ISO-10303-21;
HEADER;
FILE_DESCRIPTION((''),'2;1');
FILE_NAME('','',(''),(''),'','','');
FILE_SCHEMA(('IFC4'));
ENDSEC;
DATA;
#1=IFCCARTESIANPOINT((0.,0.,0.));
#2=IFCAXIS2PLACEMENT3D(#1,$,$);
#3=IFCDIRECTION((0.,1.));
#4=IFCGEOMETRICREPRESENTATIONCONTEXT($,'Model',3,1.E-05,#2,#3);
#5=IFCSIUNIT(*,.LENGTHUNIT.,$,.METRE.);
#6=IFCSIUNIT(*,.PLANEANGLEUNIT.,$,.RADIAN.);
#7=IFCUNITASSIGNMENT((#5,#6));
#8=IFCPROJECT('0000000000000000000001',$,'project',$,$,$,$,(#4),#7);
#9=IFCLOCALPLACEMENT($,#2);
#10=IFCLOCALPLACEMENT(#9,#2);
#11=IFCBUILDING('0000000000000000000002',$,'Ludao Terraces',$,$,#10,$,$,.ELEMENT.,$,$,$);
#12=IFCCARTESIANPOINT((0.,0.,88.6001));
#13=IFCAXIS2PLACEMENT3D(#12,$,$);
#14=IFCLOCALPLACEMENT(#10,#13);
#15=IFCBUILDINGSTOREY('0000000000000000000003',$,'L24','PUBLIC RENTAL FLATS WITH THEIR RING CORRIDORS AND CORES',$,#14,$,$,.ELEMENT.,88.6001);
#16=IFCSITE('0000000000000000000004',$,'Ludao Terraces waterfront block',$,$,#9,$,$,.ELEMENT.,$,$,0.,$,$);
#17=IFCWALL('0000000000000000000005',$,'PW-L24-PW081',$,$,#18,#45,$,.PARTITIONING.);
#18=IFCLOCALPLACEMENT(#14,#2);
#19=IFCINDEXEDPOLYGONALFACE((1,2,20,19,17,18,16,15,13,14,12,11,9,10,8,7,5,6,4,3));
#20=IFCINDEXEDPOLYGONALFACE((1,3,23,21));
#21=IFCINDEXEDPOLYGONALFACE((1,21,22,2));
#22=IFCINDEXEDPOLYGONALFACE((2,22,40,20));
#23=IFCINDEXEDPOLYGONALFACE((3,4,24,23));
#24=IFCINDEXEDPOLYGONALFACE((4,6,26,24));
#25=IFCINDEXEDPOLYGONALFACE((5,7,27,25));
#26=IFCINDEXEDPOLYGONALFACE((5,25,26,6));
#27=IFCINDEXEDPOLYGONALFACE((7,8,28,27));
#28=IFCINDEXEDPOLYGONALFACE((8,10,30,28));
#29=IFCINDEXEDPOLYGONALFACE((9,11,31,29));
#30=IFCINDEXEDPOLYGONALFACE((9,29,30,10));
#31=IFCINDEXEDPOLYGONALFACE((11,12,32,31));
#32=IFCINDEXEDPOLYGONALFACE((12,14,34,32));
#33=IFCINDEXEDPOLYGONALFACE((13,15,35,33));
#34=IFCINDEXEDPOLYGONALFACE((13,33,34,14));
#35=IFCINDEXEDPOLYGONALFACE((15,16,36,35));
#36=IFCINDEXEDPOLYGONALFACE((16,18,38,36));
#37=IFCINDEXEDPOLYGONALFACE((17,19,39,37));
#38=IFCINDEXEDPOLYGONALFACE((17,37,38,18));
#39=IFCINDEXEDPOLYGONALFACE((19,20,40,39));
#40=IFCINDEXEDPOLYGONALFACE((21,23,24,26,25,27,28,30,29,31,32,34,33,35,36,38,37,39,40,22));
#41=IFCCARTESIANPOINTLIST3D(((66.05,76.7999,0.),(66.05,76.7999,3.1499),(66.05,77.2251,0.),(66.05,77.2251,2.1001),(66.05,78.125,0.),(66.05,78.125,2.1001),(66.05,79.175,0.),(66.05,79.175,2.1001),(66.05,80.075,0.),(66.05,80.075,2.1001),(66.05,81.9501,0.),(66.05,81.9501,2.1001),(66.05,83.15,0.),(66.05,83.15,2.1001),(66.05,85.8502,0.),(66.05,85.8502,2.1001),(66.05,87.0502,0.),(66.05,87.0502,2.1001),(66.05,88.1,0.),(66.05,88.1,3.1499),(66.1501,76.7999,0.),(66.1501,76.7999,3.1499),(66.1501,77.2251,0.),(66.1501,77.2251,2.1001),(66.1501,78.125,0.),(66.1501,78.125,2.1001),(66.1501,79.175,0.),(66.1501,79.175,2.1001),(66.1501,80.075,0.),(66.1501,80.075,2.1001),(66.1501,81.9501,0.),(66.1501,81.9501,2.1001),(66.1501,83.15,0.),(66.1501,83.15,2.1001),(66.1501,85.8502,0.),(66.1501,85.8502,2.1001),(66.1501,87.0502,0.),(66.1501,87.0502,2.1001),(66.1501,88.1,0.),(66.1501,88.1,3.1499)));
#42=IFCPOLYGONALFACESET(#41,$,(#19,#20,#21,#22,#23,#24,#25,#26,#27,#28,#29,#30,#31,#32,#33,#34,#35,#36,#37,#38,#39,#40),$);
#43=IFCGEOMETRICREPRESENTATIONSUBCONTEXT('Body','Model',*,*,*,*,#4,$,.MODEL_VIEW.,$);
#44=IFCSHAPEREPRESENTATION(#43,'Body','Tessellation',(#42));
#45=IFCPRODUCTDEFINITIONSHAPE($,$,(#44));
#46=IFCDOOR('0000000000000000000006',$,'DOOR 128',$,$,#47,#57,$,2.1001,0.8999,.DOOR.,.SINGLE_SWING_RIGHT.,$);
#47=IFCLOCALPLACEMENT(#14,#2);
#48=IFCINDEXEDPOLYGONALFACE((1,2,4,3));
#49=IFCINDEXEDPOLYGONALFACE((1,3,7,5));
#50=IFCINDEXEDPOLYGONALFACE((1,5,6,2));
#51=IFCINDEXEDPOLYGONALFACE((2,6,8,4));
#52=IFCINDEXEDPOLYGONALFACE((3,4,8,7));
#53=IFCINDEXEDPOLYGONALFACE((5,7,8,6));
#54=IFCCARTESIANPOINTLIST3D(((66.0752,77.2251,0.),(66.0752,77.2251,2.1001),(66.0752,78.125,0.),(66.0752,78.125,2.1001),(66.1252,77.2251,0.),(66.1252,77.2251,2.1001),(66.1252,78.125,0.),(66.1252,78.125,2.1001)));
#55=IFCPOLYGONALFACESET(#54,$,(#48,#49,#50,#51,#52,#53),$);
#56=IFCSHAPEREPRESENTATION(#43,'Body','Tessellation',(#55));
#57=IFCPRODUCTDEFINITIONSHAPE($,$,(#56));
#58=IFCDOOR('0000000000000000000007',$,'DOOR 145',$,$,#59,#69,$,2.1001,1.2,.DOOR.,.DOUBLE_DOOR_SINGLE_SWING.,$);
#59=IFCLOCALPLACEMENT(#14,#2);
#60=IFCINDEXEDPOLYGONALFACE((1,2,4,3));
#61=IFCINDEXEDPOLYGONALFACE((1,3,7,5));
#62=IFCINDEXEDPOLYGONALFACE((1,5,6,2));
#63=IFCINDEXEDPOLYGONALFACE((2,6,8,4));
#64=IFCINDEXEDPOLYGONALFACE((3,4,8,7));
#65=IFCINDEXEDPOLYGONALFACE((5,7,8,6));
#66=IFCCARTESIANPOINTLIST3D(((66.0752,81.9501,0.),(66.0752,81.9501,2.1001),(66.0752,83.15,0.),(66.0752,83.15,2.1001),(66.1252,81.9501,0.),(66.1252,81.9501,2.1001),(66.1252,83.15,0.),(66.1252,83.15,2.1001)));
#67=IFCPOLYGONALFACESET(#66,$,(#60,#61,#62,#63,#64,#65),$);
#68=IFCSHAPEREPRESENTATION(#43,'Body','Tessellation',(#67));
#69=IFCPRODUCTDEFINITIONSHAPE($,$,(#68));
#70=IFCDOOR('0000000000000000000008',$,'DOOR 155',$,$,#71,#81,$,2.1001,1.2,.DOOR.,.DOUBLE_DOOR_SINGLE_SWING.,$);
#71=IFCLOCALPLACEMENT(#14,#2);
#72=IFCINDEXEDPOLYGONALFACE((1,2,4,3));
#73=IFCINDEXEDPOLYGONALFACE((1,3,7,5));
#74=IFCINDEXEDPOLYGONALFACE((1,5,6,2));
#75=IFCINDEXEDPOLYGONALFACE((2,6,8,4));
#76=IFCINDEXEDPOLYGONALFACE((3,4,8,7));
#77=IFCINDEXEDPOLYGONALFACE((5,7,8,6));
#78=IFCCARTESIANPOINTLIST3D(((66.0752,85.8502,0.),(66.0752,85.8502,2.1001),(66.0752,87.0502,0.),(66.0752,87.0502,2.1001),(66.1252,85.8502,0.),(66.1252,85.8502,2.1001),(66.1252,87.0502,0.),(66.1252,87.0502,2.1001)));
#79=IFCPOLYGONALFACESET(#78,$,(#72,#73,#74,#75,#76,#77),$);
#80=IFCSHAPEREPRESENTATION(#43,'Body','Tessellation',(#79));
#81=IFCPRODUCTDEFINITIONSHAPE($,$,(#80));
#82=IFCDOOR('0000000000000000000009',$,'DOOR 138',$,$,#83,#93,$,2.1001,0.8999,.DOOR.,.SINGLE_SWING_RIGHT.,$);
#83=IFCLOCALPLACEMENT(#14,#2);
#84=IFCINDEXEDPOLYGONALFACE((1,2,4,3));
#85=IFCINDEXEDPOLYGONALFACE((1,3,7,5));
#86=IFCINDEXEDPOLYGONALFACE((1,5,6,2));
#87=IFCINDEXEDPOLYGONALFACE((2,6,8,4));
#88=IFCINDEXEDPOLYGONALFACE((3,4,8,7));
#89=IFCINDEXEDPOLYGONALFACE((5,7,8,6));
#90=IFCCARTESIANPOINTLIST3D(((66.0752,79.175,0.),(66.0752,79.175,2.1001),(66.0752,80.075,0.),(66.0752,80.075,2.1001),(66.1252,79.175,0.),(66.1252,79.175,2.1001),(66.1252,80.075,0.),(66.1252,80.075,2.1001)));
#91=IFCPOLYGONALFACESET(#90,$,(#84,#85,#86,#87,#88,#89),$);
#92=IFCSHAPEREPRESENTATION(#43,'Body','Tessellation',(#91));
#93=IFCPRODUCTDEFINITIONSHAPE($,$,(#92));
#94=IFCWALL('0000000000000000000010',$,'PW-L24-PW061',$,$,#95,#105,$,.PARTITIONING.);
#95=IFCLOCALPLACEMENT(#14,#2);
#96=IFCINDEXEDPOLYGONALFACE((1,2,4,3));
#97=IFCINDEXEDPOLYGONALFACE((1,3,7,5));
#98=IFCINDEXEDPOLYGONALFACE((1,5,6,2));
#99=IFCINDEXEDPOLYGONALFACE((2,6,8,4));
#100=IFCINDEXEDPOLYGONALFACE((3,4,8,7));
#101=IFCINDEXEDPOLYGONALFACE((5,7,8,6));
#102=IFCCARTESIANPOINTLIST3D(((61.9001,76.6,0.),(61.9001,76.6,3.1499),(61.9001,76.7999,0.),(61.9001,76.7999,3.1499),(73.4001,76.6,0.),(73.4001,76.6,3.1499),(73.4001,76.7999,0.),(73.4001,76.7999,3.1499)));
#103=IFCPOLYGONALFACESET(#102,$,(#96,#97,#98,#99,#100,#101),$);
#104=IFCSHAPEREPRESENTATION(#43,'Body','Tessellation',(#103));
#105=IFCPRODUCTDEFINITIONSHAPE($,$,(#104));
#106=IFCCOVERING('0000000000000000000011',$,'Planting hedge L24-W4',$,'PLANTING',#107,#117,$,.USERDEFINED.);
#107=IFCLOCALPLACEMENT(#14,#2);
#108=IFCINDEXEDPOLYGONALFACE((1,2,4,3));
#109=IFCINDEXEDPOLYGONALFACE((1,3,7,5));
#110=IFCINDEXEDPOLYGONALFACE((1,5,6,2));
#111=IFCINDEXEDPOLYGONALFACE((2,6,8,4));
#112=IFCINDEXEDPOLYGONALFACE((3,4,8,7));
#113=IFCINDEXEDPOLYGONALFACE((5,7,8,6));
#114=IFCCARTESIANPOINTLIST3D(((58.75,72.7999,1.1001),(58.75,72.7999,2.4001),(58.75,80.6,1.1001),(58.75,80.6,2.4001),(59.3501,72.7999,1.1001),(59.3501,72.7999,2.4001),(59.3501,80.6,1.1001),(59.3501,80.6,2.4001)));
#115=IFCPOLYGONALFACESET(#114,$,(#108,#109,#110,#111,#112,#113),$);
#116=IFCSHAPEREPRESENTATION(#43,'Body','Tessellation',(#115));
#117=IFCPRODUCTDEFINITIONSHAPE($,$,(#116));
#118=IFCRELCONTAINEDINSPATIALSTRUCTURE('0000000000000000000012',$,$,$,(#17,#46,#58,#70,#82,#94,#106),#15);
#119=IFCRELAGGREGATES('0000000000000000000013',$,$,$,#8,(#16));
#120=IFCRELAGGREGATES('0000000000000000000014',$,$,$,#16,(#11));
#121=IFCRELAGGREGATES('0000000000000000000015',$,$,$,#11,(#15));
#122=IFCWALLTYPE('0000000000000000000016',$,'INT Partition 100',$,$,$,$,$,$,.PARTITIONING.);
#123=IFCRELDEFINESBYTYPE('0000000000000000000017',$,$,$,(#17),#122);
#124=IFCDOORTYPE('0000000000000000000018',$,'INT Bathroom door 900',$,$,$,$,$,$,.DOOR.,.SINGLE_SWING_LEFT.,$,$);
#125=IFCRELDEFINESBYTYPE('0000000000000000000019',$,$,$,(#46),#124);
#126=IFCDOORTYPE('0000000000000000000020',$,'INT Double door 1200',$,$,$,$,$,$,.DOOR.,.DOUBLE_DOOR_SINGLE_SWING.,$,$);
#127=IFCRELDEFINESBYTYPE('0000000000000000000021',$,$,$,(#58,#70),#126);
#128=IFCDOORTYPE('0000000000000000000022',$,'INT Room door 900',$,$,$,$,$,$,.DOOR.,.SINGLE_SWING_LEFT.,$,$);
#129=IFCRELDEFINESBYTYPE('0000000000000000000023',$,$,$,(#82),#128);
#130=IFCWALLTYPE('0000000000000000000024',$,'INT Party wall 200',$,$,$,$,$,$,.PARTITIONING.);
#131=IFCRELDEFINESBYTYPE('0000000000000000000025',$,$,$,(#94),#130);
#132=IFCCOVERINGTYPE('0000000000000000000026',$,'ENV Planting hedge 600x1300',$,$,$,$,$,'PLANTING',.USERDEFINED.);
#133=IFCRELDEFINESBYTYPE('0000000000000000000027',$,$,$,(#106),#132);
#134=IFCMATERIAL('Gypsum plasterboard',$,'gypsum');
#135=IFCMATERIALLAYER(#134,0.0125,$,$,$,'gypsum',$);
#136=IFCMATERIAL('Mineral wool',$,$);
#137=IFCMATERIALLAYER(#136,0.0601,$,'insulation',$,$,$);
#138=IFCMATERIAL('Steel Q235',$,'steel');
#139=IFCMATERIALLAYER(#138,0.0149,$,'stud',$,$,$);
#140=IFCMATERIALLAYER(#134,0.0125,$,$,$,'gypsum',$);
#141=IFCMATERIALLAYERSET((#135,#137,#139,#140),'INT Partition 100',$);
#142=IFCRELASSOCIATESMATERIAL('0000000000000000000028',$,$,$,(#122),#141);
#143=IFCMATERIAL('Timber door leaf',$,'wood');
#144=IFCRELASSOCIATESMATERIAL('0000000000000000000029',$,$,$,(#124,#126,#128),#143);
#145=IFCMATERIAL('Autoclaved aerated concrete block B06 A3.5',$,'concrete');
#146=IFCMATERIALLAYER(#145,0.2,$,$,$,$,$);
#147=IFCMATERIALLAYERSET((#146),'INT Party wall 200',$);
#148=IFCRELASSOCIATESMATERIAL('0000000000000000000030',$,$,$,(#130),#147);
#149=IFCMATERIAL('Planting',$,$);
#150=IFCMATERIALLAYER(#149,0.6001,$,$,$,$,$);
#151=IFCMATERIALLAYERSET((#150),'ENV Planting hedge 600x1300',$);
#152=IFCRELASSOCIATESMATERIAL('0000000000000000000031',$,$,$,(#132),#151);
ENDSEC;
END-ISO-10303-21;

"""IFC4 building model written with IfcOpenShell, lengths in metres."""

from ifc_helpers import new_model, si_unit, direction, frame, frame_2d, origin, origin_2d, place, context, subcontext, project, spatial, rectangle, extrude, material, layer, layer_set, type_object, element, fill, save


model = new_model("IFC4")

# Units and contexts
model_context = context("Model", 3, precision=1e-05, world=origin(), true_north=direction((0.0, 1.0)))
body_context = subcontext(model_context, "Body", "Model", "MODEL_VIEW")
ifc_project = project(units=[si_unit("LENGTHUNIT", "METRE"), si_unit("PLANEANGLEUNIT", "RADIAN")], contexts=[model_context])

# Site, building, storey
site_placement = place(None, origin())
site = spatial("IfcSite", under=ifc_project, at=site_placement, Name="Ludao Terraces waterfront block", CompositionType="ELEMENT", RefElevation=0.0)
building_placement = place(site_placement, origin())
building = spatial("IfcBuilding", under=site, at=building_placement, Name="Ludao Terraces", CompositionType="ELEMENT")
storey_placement = place(building_placement, frame((0.0, 0.0, 88.6001)))
storey = spatial("IfcBuildingStorey", under=building, at=storey_placement, Name="L24", Description="PUBLIC RENTAL FLATS WITH THEIR RING CORRIDORS AND CORES", CompositionType="ELEMENT", Elevation=88.6001)

# Shared definitions
ifc_material_1 = material(Name="Mineral wool")

# Shared definitions
ifc_material_2 = material(Name="Gypsum plasterboard", Category="gypsum")
ifc_layer_1 = layer(ifc_material_2, 0.0125, Category="gypsum")
ifc_layer_2 = layer(ifc_material_1, 0.0601, Name="insulation")
ifc_material_3 = material(Name="Steel Q235", Category="steel")
ifc_layer_3 = layer(ifc_material_3, 0.0149, Name="stud")
ifc_layer_4 = layer(ifc_material_2, 0.0125, Category="gypsum")
ifc_layer_set_1 = layer_set([ifc_layer_1, ifc_layer_2, ifc_layer_3, ifc_layer_4], Name="INT Partition 100")
wall_type_1 = type_object("IfcWallType", Name="INT Partition 100", PredefinedType="PARTITIONING", material=ifc_layer_set_1)

# Wall, openings, doors
wall_1_placement = place(storey_placement, frame((66.1001, 76.8, 0.0), z_axis=(0.0, 0.0, 1.0), x_axis=(0.0, 1.0, 0.0)))
wall_1 = element("IfcWall", 1, at=wall_1_placement, inside=storey, type_object=wall_type_1, Name="PW-L24-PW081", PredefinedType="PARTITIONING", context=body_context, shape_type="SweptSolid", body=[
    extrude(rectangle(XDim=11.3, YDim=0.1001, at=frame_2d((5.6499, 0.0))), origin(), (0.0, 0.0, 1.0), 3.1499),
])
opening_1_placement = place(wall_1_placement, frame((0.425, 0.0, 0.0)))
opening_1 = element("IfcOpeningElement", 2, at=opening_1_placement, cuts=wall_1, PredefinedType="OPENING", context=body_context, shape_type="SweptSolid", body=[
    extrude(rectangle(XDim=0.8999, YDim=2.1001, at=frame_2d((0.45, 1.05))), frame((0.0, 0.0601, 0.0), z_axis=(0.0, -1.0, 0.0), x_axis=(1.0, 0.0, 0.0)), (0.0, 0.0, 1.0), 0.1201),
])
opening_2_placement = place(wall_1_placement, frame((2.375, 0.0, 0.0)))
opening_2 = element("IfcOpeningElement", 3, at=opening_2_placement, cuts=wall_1, PredefinedType="OPENING", context=body_context, shape_type="SweptSolid", body=[
    extrude(rectangle(XDim=0.8999, YDim=2.1001, at=frame_2d((0.45, 1.05))), frame((0.0, 0.0601, 0.0), z_axis=(0.0, -1.0, 0.0), x_axis=(1.0, 0.0, 0.0)), (0.0, 0.0, 1.0), 0.1201),
])
opening_3_placement = place(wall_1_placement, frame((5.1499, 0.0, 0.0)))
opening_3 = element("IfcOpeningElement", 4, at=opening_3_placement, cuts=wall_1, PredefinedType="OPENING", context=body_context, shape_type="SweptSolid", body=[
    extrude(rectangle(XDim=1.2, YDim=2.1001, at=frame_2d((0.6001, 1.05))), frame((0.0, 0.0601, 0.0), z_axis=(0.0, -1.0, 0.0), x_axis=(1.0, 0.0, 0.0)), (0.0, 0.0, 1.0), 0.1201),
])
opening_4_placement = place(wall_1_placement, frame((9.05, 0.0, 0.0)))
opening_4 = element("IfcOpeningElement", 5, at=opening_4_placement, cuts=wall_1, PredefinedType="OPENING", context=body_context, shape_type="SweptSolid", body=[
    extrude(rectangle(XDim=1.2, YDim=2.1001, at=frame_2d((0.6001, 1.05))), frame((0.0, 0.0601, 0.0), z_axis=(0.0, -1.0, 0.0), x_axis=(1.0, 0.0, 0.0)), (0.0, 0.0, 1.0), 0.1201),
])
ifc_material_4 = material(Name="Timber door leaf", Category="wood")
door_type_1 = type_object("IfcDoorType", Name="INT Bathroom door 900", OperationType="SINGLE_SWING_LEFT", PredefinedType="DOOR", material=ifc_material_4)
door_1_placement = place(opening_1_placement, origin())
door_1 = element("IfcDoor", 6, at=door_1_placement, inside=storey, type_object=door_type_1, Name="DOOR 128", OperationType="SINGLE_SWING_RIGHT", OverallHeight=2.1001, OverallWidth=0.8999, PredefinedType="DOOR", context=body_context, shape_type="SweptSolid", body=[
    extrude(rectangle(XDim=0.8999, YDim=2.1001, at=frame_2d((0.45, 1.05))), frame((0.0, 0.0249, 0.0), z_axis=(0.0, -1.0, 0.0), x_axis=(1.0, 0.0, 0.0)), (0.0, 0.0, 1.0), 0.05),
])
fill(opening_1, door_1)
door_type_2 = type_object("IfcDoorType", Name="INT Double door 1200", OperationType="DOUBLE_DOOR_SINGLE_SWING", PredefinedType="DOOR", material=ifc_material_4)
door_2_placement = place(opening_3_placement, origin())
door_2 = element("IfcDoor", 7, at=door_2_placement, inside=storey, type_object=door_type_2, Name="DOOR 145", OperationType="DOUBLE_DOOR_SINGLE_SWING", OverallHeight=2.1001, OverallWidth=1.2, PredefinedType="DOOR", context=body_context, shape_type="SweptSolid", body=[
    extrude(rectangle(XDim=1.2, YDim=2.1001, at=frame_2d((0.6001, 1.05))), frame((0.0, 0.0249, 0.0), z_axis=(0.0, -1.0, 0.0), x_axis=(1.0, 0.0, 0.0)), (0.0, 0.0, 1.0), 0.05),
])
fill(opening_3, door_2)
door_3_placement = place(opening_4_placement, origin())
door_3 = element("IfcDoor", 8, at=door_3_placement, inside=storey, type_object=door_type_2, Name="DOOR 155", OperationType="DOUBLE_DOOR_SINGLE_SWING", OverallHeight=2.1001, OverallWidth=1.2, PredefinedType="DOOR", context=body_context, shape_type="SweptSolid", body=[
    extrude(rectangle(XDim=1.2, YDim=2.1001, at=frame_2d((0.6001, 1.05))), frame((0.0, 0.0249, 0.0), z_axis=(0.0, -1.0, 0.0), x_axis=(1.0, 0.0, 0.0)), (0.0, 0.0, 1.0), 0.05),
])
fill(opening_4, door_3)
door_type_3 = type_object("IfcDoorType", Name="INT Room door 900", OperationType="SINGLE_SWING_LEFT", PredefinedType="DOOR", material=ifc_material_4)
door_4_placement = place(opening_2_placement, origin())
door_4 = element("IfcDoor", 9, at=door_4_placement, inside=storey, type_object=door_type_3, Name="DOOR 138", OperationType="SINGLE_SWING_RIGHT", OverallHeight=2.1001, OverallWidth=0.8999, PredefinedType="DOOR", context=body_context, shape_type="SweptSolid", body=[
    extrude(rectangle(XDim=0.8999, YDim=2.1001, at=frame_2d((0.45, 1.05))), frame((0.0, 0.0249, 0.0), z_axis=(0.0, -1.0, 0.0), x_axis=(1.0, 0.0, 0.0)), (0.0, 0.0, 1.0), 0.05),
])
fill(opening_2, door_4)

# Wall
ifc_material_5 = material(Name="Autoclaved aerated concrete block B06 A3.5", Category="concrete")
ifc_layer_5 = layer(ifc_material_5, 0.2)
ifc_layer_set_2 = layer_set([ifc_layer_5], Name="INT Party wall 200")
wall_type_2 = type_object("IfcWallType", Name="INT Party wall 200", PredefinedType="PARTITIONING", material=ifc_layer_set_2)
wall_2_placement = place(storey_placement, frame((61.9001, 76.7, 0.0), z_axis=(0.0, 0.0, 1.0), x_axis=(1.0, 0.0, 0.0)))
element("IfcWall", 10, at=wall_2_placement, inside=storey, type_object=wall_type_2, Name="PW-L24-PW061", PredefinedType="PARTITIONING", context=body_context, shape_type="SweptSolid", body=[
    extrude(rectangle(XDim=11.5, YDim=0.2, at=frame_2d((5.75, 0.0))), origin(), (0.0, 0.0, 1.0), 3.1499),
])

# Covering
ifc_material_6 = material(Name="Planting")
ifc_layer_6 = layer(ifc_material_6, 0.6001)
ifc_layer_set_3 = layer_set([ifc_layer_6], Name="ENV Planting hedge 600x1300")
covering_type = type_object("IfcCoveringType", Name="ENV Planting hedge 600x1300", ElementType="PLANTING", PredefinedType="USERDEFINED", material=ifc_layer_set_3)
covering_placement = place(storey_placement, frame((59.05, 76.7, 1.1001), z_axis=(0.0, 0.0, 1.0), x_axis=(1.0, 0.0, 0.0)))
element("IfcCovering", 11, at=covering_placement, inside=storey, type_object=covering_type, Name="Planting hedge L24-W4", ObjectType="PLANTING", PredefinedType="USERDEFINED", context=body_context, shape_type="SweptSolid", body=[
    extrude(rectangle(XDim=0.6001, YDim=7.8, at=origin_2d()), origin(), (0.0, 0.0, 1.0), 1.3),
])

save(model, "model.ifc")
